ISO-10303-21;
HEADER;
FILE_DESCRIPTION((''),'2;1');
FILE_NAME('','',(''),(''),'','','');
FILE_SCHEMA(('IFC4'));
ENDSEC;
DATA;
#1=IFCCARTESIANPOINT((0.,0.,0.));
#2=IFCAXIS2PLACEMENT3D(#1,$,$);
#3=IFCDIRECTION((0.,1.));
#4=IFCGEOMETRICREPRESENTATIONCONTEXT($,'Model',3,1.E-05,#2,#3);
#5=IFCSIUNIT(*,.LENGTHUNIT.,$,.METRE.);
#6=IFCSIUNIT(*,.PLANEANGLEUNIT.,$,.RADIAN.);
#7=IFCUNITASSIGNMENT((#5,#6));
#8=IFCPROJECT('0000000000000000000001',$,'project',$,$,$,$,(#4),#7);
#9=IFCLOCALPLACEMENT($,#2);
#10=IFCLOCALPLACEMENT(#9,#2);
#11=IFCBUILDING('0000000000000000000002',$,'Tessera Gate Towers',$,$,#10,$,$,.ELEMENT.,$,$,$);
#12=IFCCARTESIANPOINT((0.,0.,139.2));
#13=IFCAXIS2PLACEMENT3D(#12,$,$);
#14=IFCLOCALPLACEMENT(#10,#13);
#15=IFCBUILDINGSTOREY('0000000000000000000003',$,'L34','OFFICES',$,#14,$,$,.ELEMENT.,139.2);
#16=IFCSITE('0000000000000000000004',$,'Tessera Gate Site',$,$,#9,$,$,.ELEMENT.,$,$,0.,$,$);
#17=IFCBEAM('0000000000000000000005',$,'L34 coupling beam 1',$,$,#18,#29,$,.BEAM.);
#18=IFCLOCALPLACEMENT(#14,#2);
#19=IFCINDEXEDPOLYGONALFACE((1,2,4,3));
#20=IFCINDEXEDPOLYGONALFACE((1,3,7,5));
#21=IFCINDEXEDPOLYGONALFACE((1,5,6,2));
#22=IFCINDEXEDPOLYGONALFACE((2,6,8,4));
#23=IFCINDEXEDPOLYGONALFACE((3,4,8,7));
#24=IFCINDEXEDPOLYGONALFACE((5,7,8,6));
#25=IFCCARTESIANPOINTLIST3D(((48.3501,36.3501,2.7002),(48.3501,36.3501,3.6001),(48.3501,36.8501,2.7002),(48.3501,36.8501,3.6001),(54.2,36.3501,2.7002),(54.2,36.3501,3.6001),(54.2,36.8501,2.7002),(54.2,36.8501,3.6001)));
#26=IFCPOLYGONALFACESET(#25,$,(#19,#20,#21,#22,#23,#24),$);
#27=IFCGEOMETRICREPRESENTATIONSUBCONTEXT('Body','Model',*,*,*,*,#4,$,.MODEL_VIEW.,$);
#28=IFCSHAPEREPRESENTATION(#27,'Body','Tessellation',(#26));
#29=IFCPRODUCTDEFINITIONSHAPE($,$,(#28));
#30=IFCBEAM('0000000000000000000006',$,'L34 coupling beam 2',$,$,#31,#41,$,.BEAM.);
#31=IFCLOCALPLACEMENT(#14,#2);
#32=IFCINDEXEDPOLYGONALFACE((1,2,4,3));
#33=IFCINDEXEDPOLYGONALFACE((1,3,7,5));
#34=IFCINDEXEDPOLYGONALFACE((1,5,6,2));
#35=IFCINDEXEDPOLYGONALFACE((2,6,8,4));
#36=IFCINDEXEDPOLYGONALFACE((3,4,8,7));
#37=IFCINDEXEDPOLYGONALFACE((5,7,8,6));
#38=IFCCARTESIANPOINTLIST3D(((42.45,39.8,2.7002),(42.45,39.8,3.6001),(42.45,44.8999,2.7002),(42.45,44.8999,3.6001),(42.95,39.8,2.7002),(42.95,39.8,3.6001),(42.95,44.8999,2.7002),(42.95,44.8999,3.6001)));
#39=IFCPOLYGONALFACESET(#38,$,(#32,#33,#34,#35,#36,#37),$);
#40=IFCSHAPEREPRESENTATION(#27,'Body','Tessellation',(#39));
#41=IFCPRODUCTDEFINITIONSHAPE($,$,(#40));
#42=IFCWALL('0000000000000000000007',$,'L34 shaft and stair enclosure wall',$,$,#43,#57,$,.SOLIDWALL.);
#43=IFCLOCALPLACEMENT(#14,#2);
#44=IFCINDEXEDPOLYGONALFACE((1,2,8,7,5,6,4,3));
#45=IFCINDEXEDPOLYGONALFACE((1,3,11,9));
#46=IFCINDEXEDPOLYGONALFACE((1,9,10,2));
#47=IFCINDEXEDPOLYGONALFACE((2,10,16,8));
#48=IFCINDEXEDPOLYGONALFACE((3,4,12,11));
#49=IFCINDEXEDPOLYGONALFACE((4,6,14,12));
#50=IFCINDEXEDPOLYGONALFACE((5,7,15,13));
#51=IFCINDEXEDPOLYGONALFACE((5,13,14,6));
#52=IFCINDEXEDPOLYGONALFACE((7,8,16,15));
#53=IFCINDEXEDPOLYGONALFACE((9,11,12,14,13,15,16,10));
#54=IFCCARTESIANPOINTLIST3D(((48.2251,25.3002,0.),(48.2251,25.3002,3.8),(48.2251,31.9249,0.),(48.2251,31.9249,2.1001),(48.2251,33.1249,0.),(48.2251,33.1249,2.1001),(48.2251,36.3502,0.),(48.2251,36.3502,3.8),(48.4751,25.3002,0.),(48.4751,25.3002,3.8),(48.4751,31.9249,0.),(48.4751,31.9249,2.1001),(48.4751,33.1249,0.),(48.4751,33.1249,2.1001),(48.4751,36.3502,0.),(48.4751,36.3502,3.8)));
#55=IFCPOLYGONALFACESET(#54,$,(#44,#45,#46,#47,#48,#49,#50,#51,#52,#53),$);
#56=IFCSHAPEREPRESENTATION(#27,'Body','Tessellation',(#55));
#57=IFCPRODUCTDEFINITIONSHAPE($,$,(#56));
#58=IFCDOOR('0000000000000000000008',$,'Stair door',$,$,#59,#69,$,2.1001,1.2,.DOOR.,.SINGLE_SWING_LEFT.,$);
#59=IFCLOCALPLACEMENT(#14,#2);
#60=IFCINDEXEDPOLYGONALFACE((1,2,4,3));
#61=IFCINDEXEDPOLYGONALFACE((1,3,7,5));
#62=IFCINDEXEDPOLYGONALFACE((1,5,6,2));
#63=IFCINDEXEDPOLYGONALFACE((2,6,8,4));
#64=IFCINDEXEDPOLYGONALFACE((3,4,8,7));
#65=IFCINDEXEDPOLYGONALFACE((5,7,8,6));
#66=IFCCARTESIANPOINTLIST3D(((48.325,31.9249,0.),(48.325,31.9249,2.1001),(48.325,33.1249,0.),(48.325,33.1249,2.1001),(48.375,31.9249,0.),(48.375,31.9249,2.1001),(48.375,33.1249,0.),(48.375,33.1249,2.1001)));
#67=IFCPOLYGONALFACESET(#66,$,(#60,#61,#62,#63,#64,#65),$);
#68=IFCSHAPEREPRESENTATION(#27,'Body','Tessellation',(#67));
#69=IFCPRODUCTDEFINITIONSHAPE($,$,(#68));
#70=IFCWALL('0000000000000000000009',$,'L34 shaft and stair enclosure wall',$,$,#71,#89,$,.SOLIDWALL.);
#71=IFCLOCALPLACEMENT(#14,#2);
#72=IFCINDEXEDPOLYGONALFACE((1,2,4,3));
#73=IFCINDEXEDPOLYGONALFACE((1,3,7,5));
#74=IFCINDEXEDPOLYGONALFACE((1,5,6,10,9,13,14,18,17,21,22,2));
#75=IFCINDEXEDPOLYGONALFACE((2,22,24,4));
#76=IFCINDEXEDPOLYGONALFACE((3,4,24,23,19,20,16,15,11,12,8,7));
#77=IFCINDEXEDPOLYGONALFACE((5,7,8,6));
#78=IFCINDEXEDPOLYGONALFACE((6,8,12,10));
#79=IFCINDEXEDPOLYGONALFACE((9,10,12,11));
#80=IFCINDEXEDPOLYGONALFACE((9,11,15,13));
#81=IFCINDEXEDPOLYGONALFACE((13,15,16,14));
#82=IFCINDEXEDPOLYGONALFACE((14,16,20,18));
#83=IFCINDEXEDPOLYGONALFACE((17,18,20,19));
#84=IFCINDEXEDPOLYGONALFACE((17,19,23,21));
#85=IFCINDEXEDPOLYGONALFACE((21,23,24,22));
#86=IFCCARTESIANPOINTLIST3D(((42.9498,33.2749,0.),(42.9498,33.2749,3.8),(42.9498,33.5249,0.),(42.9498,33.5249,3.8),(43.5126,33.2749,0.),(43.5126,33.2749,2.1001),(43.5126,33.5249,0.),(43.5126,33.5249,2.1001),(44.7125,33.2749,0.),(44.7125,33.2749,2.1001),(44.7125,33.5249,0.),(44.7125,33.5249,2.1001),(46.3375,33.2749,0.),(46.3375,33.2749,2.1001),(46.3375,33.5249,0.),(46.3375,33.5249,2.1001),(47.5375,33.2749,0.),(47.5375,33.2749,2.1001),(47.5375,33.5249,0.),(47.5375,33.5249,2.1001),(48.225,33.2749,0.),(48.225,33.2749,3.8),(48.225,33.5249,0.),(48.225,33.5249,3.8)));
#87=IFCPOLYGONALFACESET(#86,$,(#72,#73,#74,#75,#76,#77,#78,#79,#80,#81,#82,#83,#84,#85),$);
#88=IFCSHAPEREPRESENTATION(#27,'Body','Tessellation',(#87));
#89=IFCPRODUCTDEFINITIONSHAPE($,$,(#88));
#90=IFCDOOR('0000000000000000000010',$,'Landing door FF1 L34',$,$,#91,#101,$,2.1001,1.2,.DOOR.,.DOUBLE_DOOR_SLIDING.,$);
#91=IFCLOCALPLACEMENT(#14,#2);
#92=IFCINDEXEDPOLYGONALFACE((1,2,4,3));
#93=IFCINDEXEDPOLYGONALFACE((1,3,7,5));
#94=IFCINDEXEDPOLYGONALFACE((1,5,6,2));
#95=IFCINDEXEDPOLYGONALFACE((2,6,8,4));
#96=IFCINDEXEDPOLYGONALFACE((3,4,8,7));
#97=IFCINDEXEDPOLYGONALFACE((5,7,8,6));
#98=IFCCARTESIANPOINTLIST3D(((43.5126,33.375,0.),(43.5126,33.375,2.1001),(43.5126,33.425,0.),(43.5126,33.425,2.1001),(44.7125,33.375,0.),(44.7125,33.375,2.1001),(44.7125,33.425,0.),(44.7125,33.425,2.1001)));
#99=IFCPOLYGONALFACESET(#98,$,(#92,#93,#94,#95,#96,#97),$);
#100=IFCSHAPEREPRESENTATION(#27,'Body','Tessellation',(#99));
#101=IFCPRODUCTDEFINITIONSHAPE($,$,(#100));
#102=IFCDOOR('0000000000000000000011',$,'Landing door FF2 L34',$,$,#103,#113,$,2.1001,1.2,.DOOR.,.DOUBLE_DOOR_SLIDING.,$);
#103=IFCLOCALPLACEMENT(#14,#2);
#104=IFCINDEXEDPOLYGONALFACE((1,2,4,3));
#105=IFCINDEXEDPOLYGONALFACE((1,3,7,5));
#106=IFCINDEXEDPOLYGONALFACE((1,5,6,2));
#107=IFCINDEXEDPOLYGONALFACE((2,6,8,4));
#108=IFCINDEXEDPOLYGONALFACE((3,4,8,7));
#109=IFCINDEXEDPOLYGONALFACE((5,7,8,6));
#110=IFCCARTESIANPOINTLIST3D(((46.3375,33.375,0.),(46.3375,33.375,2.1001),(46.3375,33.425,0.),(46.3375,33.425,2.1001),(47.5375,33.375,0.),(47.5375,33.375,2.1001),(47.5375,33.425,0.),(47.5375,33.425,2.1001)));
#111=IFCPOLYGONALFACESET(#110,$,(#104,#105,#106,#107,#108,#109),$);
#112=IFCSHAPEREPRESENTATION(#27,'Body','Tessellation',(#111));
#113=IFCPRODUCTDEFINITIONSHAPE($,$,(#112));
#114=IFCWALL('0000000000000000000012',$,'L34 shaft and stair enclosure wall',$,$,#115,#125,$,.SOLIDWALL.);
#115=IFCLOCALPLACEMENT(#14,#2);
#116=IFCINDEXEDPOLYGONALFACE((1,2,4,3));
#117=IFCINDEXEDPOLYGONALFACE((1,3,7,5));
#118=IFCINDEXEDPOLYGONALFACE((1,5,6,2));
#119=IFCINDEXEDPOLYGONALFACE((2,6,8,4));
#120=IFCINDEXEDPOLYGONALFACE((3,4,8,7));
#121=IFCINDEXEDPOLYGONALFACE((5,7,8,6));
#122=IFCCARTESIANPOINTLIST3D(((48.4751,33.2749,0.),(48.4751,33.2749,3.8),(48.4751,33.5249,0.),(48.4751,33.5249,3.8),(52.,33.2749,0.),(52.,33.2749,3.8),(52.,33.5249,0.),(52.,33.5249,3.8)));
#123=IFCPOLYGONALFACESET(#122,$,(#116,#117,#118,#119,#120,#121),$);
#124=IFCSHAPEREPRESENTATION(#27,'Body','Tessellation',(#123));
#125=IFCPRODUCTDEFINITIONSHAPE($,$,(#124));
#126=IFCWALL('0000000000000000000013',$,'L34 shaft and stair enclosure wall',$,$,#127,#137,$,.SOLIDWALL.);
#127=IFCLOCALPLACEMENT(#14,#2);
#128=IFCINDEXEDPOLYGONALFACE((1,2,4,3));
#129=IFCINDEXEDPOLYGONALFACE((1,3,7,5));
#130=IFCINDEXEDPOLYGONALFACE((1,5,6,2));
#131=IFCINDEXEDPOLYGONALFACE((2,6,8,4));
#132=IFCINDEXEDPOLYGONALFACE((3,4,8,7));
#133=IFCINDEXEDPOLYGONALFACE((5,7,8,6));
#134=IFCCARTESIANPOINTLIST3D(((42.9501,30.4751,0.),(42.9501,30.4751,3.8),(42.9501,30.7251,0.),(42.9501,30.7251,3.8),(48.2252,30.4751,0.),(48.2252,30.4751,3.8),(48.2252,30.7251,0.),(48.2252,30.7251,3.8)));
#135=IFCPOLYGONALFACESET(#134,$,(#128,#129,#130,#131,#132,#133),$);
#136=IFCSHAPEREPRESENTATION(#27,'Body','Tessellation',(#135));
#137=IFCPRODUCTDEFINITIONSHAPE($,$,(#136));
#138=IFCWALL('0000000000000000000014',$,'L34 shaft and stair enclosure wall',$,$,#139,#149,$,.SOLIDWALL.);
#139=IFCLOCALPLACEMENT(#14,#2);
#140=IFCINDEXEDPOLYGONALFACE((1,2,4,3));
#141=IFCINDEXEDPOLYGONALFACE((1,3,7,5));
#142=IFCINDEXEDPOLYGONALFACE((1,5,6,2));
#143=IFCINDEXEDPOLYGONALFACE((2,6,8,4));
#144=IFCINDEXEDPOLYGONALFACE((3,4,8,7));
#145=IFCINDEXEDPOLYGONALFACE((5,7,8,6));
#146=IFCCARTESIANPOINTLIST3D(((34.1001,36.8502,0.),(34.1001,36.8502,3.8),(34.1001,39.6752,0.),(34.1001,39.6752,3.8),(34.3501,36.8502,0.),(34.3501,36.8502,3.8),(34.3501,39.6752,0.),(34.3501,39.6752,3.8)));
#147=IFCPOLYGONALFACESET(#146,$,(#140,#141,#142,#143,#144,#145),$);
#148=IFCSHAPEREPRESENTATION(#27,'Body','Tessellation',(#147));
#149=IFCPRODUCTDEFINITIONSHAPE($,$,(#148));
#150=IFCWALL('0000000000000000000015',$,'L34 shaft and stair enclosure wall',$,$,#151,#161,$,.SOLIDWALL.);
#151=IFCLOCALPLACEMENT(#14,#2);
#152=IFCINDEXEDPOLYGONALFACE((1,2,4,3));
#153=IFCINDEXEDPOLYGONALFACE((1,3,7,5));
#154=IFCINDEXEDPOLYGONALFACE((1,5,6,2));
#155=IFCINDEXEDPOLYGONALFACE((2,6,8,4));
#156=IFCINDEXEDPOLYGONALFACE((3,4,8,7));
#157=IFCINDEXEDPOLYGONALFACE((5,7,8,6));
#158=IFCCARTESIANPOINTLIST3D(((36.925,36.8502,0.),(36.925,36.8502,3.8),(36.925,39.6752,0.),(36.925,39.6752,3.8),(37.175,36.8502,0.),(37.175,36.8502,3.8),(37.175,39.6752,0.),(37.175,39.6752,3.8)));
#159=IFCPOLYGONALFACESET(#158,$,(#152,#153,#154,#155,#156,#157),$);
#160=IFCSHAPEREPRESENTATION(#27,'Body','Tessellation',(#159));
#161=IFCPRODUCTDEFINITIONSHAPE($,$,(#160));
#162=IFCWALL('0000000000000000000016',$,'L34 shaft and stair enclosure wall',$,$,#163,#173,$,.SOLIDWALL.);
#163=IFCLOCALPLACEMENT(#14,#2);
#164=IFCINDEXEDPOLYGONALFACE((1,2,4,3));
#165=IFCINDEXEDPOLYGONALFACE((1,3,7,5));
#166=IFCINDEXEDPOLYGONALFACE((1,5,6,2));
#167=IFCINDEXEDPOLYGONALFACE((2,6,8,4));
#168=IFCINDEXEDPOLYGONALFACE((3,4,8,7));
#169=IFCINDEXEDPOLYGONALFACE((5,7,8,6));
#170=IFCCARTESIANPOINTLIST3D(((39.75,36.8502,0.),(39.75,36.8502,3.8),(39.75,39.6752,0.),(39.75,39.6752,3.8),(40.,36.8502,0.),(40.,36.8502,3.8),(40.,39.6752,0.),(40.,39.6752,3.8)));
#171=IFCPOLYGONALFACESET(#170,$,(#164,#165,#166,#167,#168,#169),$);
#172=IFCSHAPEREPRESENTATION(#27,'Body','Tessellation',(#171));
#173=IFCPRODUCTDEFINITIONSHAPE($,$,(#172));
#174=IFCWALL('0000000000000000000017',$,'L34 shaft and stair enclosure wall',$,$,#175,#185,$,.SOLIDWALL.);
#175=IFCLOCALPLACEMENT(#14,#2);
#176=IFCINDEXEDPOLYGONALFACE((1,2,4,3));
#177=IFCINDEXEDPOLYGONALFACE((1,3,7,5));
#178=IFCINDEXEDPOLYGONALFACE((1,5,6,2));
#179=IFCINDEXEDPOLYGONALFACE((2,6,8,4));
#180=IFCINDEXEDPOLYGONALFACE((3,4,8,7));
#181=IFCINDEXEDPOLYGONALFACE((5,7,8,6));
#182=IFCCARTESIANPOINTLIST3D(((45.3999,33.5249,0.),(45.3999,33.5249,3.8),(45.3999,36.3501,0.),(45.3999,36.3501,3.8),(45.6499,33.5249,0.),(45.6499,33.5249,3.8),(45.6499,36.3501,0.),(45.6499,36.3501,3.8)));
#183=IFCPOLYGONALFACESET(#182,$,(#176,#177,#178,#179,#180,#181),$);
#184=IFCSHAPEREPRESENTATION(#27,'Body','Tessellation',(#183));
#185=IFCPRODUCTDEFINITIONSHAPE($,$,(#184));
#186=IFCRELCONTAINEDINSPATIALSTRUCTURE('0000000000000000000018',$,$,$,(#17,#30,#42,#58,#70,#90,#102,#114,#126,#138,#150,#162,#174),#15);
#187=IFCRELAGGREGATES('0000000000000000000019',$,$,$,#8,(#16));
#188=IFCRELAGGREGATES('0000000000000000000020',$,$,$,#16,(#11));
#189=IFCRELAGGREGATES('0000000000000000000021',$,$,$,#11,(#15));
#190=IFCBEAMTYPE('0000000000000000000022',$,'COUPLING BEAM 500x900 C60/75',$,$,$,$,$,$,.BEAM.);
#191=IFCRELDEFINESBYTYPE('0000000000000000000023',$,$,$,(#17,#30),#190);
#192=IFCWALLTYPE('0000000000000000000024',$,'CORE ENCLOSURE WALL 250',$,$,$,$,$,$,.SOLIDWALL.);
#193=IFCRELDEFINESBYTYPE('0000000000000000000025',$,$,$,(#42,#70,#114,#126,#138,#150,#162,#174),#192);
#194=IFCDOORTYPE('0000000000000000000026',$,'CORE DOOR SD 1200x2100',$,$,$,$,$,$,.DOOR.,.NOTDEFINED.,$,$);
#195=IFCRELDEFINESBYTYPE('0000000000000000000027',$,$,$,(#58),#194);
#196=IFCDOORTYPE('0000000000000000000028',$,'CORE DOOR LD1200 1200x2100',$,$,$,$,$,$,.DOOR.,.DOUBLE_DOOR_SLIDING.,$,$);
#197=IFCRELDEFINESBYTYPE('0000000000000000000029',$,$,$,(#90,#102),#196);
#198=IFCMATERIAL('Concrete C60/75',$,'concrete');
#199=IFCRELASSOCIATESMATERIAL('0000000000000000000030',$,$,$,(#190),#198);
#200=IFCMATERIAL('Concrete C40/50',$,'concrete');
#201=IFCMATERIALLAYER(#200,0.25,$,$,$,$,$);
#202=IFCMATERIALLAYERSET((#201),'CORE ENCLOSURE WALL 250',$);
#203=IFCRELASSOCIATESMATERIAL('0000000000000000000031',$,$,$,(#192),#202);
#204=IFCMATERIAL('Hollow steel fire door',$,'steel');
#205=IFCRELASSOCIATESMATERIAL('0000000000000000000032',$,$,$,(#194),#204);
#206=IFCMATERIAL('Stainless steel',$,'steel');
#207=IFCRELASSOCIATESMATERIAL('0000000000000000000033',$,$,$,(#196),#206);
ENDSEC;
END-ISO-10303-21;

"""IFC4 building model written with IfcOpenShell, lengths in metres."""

from ifc_helpers import new_model, si_unit, direction, frame, frame_2d, origin, origin_2d, place, context, subcontext, project, spatial, rectangle, extrude, source, transform, mapped, material, layer, layer_set, material_profile, profile_set, type_object, element, fill, save


model = new_model("IFC4")

# Units and contexts
model_context = context("Model", 3, precision=1e-05, world=origin(), true_north=direction((0.0, 1.0)))
body_context = subcontext(model_context, "Body", "Model", "MODEL_VIEW")
ifc_project = project(units=[si_unit("LENGTHUNIT", "METRE"), si_unit("PLANEANGLEUNIT", "RADIAN")], contexts=[model_context])

# Site, building, storey
site_placement = place(None, origin())
site = spatial("IfcSite", under=ifc_project, at=site_placement, Name="Tessera Gate Site", CompositionType="ELEMENT", RefElevation=0.0)
building_placement = place(site_placement, origin())
building = spatial("IfcBuilding", under=site, at=building_placement, Name="Tessera Gate Towers", CompositionType="ELEMENT")
storey_placement = place(building_placement, frame((0.0, 0.0, 139.2)))
storey = spatial("IfcBuildingStorey", under=building, at=storey_placement, Name="L34", Description="OFFICES", CompositionType="ELEMENT", Elevation=139.2)

# Beams
ifc_material_1 = material(Name="Concrete C60/75", Category="concrete")
ifc_material_profile = material_profile(ifc_material_1, rectangle(XDim=0.5, YDim=0.8999, at=origin_2d()), Name="RC 500x900")
ifc_profile_set = profile_set([ifc_material_profile], Name="Concrete C60/75")
beam_type = type_object("IfcBeamType", Name="COUPLING BEAM 500x900 C60/75", PredefinedType="BEAM", material=ifc_profile_set)
beam_1_placement = place(storey_placement, frame((48.3501, 36.6001, 3.1501), z_axis=(1.0, 0.0, 0.0), x_axis=(0.0, 1.0, 0.0)))
element("IfcBeam", 1, at=beam_1_placement, inside=storey, type_object=beam_type, Name="L34 coupling beam 1", PredefinedType="BEAM", context=body_context, shape_type="SweptSolid", body=[
    extrude(rectangle(XDim=0.5, YDim=0.8999, at=origin_2d()), origin(), (0.0, 0.0, 1.0), 5.8499),
])
beam_2_placement = place(storey_placement, frame((42.7, 39.8, 3.1501), z_axis=(0.0, 1.0, 0.0), x_axis=(-1.0, 0.0, 0.0)))
element("IfcBeam", 2, at=beam_2_placement, inside=storey, type_object=beam_type, Name="L34 coupling beam 2", PredefinedType="BEAM", context=body_context, shape_type="SweptSolid", body=[
    extrude(rectangle(XDim=0.5, YDim=0.8999, at=origin_2d()), origin(), (0.0, 0.0, 1.0), 5.0999),
])

# Wall, opening, door
ifc_material_2 = material(Name="Concrete C40/50", Category="concrete")
ifc_layer_1 = layer(ifc_material_2, 0.25)
ifc_layer_set_1 = layer_set([ifc_layer_1], Name="CORE ENCLOSURE WALL 250")
wall_type_1 = type_object("IfcWallType", Name="CORE ENCLOSURE WALL 250", PredefinedType="SOLIDWALL", material=ifc_layer_set_1)
wall_1_placement = place(storey_placement, frame((48.3501, 36.3501, 0.0), z_axis=(0.0, 0.0, 1.0), x_axis=(0.0, -1.0, 0.0)))
wall_1 = element("IfcWall", 3, at=wall_1_placement, inside=storey, type_object=wall_type_1, Name="L34 shaft and stair enclosure wall", PredefinedType="SOLIDWALL", context=body_context, shape_type="SweptSolid", body=[
    extrude(rectangle(XDim=11.05, YDim=0.25, at=frame_2d((5.5249, 0.0))), origin(), (0.0, 0.0, 1.0), 3.8),
])
shared_shape_1 = source(origin(), body_context, "Body", "SweptSolid", [
    extrude(rectangle(XDim=1.2, YDim=2.1001, at=frame_2d((0.6001, 1.05))), frame((0.0, 0.135, 0.0), z_axis=(0.0, -1.0, 0.0), x_axis=(1.0, 0.0, 0.0)), (0.0, 0.0, 1.0), 0.27),
])
opening_1_placement = place(wall_1_placement, frame((3.2251, 0.0, 0.0)))
opening_1 = element("IfcOpeningElement", 4, at=opening_1_placement, cuts=wall_1, PredefinedType="OPENING", context=body_context, shape_type="MappedRepresentation", body=[
    mapped(shared_shape_1, transform((0.0, 0.0, 0.0), scale=1.0)),
])
ifc_material_3 = material(Name="Hollow steel fire door", Category="steel")
door_type_1 = type_object("IfcDoorType", Name="CORE DOOR SD 1200x2100", OperationType="NOTDEFINED", PredefinedType="DOOR", material=ifc_material_3)
shared_shape_2 = source(origin(), body_context, "Body", "SweptSolid", [
    extrude(rectangle(XDim=1.2, YDim=2.1001, at=frame_2d((0.6001, 1.05))), frame((0.0, 0.0249, 0.0), z_axis=(0.0, -1.0, 0.0), x_axis=(1.0, 0.0, 0.0)), (0.0, 0.0, 1.0), 0.05),
])
door_1_placement = place(opening_1_placement, origin())
door_1 = element("IfcDoor", 5, at=door_1_placement, inside=storey, type_object=door_type_1, Name="Stair door", OperationType="SINGLE_SWING_LEFT", OverallHeight=2.1001, OverallWidth=1.2, PredefinedType="DOOR", context=body_context, shape_type="MappedRepresentation", body=[
    mapped(shared_shape_2, transform((0.0, 0.0, 0.0), scale=1.0)),
])
fill(opening_1, door_1)

# Wall, openings, doors
wall_2_placement = place(storey_placement, frame((48.2251, 33.3999, 0.0), z_axis=(0.0, 0.0, 1.0), x_axis=(-1.0, 0.0, 0.0)))
wall_2 = element("IfcWall", 6, at=wall_2_placement, inside=storey, type_object=wall_type_1, Name="L34 shaft and stair enclosure wall", PredefinedType="SOLIDWALL", context=body_context, shape_type="SweptSolid", body=[
    extrude(rectangle(XDim=5.2751, YDim=0.25, at=frame_2d((2.6377, 0.0))), origin(), (0.0, 0.0, 1.0), 3.8),
])
opening_2_placement = place(wall_2_placement, frame((3.5125, 0.0, 0.0)))
opening_2 = element("IfcOpeningElement", 7, at=opening_2_placement, cuts=wall_2, PredefinedType="OPENING", context=body_context, shape_type="MappedRepresentation", body=[
    mapped(shared_shape_1, transform((0.0, 0.0, 0.0), scale=1.0)),
])
opening_3_placement = place(wall_2_placement, frame((0.6875, 0.0, 0.0)))
opening_3 = element("IfcOpeningElement", 8, at=opening_3_placement, cuts=wall_2, PredefinedType="OPENING", context=body_context, shape_type="MappedRepresentation", body=[
    mapped(shared_shape_1, transform((0.0, 0.0, 0.0), scale=1.0)),
])
ifc_material_4 = material(Name="Stainless steel", Category="steel")
door_type_2 = type_object("IfcDoorType", Name="CORE DOOR LD1200 1200x2100", OperationType="DOUBLE_DOOR_SLIDING", PredefinedType="DOOR", material=ifc_material_4)
door_2_placement = place(opening_2_placement, origin())
door_2 = element("IfcDoor", 9, at=door_2_placement, inside=storey, type_object=door_type_2, Name="Landing door FF1 L34", OperationType="DOUBLE_DOOR_SLIDING", OverallHeight=2.1001, OverallWidth=1.2, PredefinedType="DOOR", context=body_context, shape_type="MappedRepresentation", body=[
    mapped(shared_shape_2, transform((0.0, 0.0, 0.0), scale=1.0)),
])
fill(opening_2, door_2)
door_3_placement = place(opening_3_placement, origin())
door_3 = element("IfcDoor", 10, at=door_3_placement, inside=storey, type_object=door_type_2, Name="Landing door FF2 L34", OperationType="DOUBLE_DOOR_SLIDING", OverallHeight=2.1001, OverallWidth=1.2, PredefinedType="DOOR", context=body_context, shape_type="MappedRepresentation", body=[
    mapped(shared_shape_2, transform((0.0, 0.0, 0.0), scale=1.0)),
])
fill(opening_3, door_3)

# Walls
wall_3_placement = place(storey_placement, frame((48.4751, 33.3999, 0.0), z_axis=(0.0, 0.0, 1.0), x_axis=(1.0, 0.0, 0.0)))
element("IfcWall", 11, at=wall_3_placement, inside=storey, type_object=wall_type_1, Name="L34 shaft and stair enclosure wall", PredefinedType="SOLIDWALL", context=body_context, shape_type="SweptSolid", body=[
    extrude(rectangle(XDim=3.5249, YDim=0.25, at=frame_2d((1.7625, 0.0))), origin(), (0.0, 0.0, 1.0), 3.8),
])
wall_4_placement = place(storey_placement, frame((42.95, 30.6001, 0.0), z_axis=(0.0, 0.0, 1.0), x_axis=(1.0, 0.0, 0.0)))
element("IfcWall", 12, at=wall_4_placement, inside=storey, type_object=wall_type_1, Name="L34 shaft and stair enclosure wall", PredefinedType="SOLIDWALL", context=body_context, shape_type="SweptSolid", body=[
    extrude(rectangle(XDim=5.2751, YDim=0.25, at=frame_2d((2.6377, 0.0))), origin(), (0.0, 0.0, 1.0), 3.8),
])
for number, where, z_axis, x_axis, name in (
    (13, (34.2251, 36.8501, 0.0), (0.0, 0.0, 1.0), (0.0, 1.0, 0.0), "L34 shaft and stair enclosure wall"),
    (14, (37.05, 36.8501, 0.0), (0.0, 0.0, 1.0), (0.0, 1.0, 0.0), "L34 shaft and stair enclosure wall"),
    (15, (39.875, 36.8501, 0.0), (0.0, 0.0, 1.0), (0.0, 1.0, 0.0), "L34 shaft and stair enclosure wall"),
):
    element("IfcWall", number, at=place(storey_placement, frame(where, z_axis=z_axis, x_axis=x_axis)), inside=storey, type_object=wall_type_1, Name=name, PredefinedType="SOLIDWALL", context=body_context, shape_type="SweptSolid", body=[
        extrude(rectangle(XDim=2.825, YDim=0.25, at=frame_2d((1.4126, 0.0))), origin(), (0.0, 0.0, 1.0), 3.8),
    ])
wall_5_placement = place(storey_placement, frame((45.5249, 33.5249, 0.0), z_axis=(0.0, 0.0, 1.0), x_axis=(0.0, 1.0, 0.0)))
element("IfcWall", 16, at=wall_5_placement, inside=storey, type_object=wall_type_1, Name="L34 shaft and stair enclosure wall", PredefinedType="SOLIDWALL", context=body_context, shape_type="SweptSolid", body=[
    extrude(rectangle(XDim=2.8252, YDim=0.25, at=frame_2d((1.4126, 0.0))), origin(), (0.0, 0.0, 1.0), 3.8),
])

save(model, "model.ifc")
